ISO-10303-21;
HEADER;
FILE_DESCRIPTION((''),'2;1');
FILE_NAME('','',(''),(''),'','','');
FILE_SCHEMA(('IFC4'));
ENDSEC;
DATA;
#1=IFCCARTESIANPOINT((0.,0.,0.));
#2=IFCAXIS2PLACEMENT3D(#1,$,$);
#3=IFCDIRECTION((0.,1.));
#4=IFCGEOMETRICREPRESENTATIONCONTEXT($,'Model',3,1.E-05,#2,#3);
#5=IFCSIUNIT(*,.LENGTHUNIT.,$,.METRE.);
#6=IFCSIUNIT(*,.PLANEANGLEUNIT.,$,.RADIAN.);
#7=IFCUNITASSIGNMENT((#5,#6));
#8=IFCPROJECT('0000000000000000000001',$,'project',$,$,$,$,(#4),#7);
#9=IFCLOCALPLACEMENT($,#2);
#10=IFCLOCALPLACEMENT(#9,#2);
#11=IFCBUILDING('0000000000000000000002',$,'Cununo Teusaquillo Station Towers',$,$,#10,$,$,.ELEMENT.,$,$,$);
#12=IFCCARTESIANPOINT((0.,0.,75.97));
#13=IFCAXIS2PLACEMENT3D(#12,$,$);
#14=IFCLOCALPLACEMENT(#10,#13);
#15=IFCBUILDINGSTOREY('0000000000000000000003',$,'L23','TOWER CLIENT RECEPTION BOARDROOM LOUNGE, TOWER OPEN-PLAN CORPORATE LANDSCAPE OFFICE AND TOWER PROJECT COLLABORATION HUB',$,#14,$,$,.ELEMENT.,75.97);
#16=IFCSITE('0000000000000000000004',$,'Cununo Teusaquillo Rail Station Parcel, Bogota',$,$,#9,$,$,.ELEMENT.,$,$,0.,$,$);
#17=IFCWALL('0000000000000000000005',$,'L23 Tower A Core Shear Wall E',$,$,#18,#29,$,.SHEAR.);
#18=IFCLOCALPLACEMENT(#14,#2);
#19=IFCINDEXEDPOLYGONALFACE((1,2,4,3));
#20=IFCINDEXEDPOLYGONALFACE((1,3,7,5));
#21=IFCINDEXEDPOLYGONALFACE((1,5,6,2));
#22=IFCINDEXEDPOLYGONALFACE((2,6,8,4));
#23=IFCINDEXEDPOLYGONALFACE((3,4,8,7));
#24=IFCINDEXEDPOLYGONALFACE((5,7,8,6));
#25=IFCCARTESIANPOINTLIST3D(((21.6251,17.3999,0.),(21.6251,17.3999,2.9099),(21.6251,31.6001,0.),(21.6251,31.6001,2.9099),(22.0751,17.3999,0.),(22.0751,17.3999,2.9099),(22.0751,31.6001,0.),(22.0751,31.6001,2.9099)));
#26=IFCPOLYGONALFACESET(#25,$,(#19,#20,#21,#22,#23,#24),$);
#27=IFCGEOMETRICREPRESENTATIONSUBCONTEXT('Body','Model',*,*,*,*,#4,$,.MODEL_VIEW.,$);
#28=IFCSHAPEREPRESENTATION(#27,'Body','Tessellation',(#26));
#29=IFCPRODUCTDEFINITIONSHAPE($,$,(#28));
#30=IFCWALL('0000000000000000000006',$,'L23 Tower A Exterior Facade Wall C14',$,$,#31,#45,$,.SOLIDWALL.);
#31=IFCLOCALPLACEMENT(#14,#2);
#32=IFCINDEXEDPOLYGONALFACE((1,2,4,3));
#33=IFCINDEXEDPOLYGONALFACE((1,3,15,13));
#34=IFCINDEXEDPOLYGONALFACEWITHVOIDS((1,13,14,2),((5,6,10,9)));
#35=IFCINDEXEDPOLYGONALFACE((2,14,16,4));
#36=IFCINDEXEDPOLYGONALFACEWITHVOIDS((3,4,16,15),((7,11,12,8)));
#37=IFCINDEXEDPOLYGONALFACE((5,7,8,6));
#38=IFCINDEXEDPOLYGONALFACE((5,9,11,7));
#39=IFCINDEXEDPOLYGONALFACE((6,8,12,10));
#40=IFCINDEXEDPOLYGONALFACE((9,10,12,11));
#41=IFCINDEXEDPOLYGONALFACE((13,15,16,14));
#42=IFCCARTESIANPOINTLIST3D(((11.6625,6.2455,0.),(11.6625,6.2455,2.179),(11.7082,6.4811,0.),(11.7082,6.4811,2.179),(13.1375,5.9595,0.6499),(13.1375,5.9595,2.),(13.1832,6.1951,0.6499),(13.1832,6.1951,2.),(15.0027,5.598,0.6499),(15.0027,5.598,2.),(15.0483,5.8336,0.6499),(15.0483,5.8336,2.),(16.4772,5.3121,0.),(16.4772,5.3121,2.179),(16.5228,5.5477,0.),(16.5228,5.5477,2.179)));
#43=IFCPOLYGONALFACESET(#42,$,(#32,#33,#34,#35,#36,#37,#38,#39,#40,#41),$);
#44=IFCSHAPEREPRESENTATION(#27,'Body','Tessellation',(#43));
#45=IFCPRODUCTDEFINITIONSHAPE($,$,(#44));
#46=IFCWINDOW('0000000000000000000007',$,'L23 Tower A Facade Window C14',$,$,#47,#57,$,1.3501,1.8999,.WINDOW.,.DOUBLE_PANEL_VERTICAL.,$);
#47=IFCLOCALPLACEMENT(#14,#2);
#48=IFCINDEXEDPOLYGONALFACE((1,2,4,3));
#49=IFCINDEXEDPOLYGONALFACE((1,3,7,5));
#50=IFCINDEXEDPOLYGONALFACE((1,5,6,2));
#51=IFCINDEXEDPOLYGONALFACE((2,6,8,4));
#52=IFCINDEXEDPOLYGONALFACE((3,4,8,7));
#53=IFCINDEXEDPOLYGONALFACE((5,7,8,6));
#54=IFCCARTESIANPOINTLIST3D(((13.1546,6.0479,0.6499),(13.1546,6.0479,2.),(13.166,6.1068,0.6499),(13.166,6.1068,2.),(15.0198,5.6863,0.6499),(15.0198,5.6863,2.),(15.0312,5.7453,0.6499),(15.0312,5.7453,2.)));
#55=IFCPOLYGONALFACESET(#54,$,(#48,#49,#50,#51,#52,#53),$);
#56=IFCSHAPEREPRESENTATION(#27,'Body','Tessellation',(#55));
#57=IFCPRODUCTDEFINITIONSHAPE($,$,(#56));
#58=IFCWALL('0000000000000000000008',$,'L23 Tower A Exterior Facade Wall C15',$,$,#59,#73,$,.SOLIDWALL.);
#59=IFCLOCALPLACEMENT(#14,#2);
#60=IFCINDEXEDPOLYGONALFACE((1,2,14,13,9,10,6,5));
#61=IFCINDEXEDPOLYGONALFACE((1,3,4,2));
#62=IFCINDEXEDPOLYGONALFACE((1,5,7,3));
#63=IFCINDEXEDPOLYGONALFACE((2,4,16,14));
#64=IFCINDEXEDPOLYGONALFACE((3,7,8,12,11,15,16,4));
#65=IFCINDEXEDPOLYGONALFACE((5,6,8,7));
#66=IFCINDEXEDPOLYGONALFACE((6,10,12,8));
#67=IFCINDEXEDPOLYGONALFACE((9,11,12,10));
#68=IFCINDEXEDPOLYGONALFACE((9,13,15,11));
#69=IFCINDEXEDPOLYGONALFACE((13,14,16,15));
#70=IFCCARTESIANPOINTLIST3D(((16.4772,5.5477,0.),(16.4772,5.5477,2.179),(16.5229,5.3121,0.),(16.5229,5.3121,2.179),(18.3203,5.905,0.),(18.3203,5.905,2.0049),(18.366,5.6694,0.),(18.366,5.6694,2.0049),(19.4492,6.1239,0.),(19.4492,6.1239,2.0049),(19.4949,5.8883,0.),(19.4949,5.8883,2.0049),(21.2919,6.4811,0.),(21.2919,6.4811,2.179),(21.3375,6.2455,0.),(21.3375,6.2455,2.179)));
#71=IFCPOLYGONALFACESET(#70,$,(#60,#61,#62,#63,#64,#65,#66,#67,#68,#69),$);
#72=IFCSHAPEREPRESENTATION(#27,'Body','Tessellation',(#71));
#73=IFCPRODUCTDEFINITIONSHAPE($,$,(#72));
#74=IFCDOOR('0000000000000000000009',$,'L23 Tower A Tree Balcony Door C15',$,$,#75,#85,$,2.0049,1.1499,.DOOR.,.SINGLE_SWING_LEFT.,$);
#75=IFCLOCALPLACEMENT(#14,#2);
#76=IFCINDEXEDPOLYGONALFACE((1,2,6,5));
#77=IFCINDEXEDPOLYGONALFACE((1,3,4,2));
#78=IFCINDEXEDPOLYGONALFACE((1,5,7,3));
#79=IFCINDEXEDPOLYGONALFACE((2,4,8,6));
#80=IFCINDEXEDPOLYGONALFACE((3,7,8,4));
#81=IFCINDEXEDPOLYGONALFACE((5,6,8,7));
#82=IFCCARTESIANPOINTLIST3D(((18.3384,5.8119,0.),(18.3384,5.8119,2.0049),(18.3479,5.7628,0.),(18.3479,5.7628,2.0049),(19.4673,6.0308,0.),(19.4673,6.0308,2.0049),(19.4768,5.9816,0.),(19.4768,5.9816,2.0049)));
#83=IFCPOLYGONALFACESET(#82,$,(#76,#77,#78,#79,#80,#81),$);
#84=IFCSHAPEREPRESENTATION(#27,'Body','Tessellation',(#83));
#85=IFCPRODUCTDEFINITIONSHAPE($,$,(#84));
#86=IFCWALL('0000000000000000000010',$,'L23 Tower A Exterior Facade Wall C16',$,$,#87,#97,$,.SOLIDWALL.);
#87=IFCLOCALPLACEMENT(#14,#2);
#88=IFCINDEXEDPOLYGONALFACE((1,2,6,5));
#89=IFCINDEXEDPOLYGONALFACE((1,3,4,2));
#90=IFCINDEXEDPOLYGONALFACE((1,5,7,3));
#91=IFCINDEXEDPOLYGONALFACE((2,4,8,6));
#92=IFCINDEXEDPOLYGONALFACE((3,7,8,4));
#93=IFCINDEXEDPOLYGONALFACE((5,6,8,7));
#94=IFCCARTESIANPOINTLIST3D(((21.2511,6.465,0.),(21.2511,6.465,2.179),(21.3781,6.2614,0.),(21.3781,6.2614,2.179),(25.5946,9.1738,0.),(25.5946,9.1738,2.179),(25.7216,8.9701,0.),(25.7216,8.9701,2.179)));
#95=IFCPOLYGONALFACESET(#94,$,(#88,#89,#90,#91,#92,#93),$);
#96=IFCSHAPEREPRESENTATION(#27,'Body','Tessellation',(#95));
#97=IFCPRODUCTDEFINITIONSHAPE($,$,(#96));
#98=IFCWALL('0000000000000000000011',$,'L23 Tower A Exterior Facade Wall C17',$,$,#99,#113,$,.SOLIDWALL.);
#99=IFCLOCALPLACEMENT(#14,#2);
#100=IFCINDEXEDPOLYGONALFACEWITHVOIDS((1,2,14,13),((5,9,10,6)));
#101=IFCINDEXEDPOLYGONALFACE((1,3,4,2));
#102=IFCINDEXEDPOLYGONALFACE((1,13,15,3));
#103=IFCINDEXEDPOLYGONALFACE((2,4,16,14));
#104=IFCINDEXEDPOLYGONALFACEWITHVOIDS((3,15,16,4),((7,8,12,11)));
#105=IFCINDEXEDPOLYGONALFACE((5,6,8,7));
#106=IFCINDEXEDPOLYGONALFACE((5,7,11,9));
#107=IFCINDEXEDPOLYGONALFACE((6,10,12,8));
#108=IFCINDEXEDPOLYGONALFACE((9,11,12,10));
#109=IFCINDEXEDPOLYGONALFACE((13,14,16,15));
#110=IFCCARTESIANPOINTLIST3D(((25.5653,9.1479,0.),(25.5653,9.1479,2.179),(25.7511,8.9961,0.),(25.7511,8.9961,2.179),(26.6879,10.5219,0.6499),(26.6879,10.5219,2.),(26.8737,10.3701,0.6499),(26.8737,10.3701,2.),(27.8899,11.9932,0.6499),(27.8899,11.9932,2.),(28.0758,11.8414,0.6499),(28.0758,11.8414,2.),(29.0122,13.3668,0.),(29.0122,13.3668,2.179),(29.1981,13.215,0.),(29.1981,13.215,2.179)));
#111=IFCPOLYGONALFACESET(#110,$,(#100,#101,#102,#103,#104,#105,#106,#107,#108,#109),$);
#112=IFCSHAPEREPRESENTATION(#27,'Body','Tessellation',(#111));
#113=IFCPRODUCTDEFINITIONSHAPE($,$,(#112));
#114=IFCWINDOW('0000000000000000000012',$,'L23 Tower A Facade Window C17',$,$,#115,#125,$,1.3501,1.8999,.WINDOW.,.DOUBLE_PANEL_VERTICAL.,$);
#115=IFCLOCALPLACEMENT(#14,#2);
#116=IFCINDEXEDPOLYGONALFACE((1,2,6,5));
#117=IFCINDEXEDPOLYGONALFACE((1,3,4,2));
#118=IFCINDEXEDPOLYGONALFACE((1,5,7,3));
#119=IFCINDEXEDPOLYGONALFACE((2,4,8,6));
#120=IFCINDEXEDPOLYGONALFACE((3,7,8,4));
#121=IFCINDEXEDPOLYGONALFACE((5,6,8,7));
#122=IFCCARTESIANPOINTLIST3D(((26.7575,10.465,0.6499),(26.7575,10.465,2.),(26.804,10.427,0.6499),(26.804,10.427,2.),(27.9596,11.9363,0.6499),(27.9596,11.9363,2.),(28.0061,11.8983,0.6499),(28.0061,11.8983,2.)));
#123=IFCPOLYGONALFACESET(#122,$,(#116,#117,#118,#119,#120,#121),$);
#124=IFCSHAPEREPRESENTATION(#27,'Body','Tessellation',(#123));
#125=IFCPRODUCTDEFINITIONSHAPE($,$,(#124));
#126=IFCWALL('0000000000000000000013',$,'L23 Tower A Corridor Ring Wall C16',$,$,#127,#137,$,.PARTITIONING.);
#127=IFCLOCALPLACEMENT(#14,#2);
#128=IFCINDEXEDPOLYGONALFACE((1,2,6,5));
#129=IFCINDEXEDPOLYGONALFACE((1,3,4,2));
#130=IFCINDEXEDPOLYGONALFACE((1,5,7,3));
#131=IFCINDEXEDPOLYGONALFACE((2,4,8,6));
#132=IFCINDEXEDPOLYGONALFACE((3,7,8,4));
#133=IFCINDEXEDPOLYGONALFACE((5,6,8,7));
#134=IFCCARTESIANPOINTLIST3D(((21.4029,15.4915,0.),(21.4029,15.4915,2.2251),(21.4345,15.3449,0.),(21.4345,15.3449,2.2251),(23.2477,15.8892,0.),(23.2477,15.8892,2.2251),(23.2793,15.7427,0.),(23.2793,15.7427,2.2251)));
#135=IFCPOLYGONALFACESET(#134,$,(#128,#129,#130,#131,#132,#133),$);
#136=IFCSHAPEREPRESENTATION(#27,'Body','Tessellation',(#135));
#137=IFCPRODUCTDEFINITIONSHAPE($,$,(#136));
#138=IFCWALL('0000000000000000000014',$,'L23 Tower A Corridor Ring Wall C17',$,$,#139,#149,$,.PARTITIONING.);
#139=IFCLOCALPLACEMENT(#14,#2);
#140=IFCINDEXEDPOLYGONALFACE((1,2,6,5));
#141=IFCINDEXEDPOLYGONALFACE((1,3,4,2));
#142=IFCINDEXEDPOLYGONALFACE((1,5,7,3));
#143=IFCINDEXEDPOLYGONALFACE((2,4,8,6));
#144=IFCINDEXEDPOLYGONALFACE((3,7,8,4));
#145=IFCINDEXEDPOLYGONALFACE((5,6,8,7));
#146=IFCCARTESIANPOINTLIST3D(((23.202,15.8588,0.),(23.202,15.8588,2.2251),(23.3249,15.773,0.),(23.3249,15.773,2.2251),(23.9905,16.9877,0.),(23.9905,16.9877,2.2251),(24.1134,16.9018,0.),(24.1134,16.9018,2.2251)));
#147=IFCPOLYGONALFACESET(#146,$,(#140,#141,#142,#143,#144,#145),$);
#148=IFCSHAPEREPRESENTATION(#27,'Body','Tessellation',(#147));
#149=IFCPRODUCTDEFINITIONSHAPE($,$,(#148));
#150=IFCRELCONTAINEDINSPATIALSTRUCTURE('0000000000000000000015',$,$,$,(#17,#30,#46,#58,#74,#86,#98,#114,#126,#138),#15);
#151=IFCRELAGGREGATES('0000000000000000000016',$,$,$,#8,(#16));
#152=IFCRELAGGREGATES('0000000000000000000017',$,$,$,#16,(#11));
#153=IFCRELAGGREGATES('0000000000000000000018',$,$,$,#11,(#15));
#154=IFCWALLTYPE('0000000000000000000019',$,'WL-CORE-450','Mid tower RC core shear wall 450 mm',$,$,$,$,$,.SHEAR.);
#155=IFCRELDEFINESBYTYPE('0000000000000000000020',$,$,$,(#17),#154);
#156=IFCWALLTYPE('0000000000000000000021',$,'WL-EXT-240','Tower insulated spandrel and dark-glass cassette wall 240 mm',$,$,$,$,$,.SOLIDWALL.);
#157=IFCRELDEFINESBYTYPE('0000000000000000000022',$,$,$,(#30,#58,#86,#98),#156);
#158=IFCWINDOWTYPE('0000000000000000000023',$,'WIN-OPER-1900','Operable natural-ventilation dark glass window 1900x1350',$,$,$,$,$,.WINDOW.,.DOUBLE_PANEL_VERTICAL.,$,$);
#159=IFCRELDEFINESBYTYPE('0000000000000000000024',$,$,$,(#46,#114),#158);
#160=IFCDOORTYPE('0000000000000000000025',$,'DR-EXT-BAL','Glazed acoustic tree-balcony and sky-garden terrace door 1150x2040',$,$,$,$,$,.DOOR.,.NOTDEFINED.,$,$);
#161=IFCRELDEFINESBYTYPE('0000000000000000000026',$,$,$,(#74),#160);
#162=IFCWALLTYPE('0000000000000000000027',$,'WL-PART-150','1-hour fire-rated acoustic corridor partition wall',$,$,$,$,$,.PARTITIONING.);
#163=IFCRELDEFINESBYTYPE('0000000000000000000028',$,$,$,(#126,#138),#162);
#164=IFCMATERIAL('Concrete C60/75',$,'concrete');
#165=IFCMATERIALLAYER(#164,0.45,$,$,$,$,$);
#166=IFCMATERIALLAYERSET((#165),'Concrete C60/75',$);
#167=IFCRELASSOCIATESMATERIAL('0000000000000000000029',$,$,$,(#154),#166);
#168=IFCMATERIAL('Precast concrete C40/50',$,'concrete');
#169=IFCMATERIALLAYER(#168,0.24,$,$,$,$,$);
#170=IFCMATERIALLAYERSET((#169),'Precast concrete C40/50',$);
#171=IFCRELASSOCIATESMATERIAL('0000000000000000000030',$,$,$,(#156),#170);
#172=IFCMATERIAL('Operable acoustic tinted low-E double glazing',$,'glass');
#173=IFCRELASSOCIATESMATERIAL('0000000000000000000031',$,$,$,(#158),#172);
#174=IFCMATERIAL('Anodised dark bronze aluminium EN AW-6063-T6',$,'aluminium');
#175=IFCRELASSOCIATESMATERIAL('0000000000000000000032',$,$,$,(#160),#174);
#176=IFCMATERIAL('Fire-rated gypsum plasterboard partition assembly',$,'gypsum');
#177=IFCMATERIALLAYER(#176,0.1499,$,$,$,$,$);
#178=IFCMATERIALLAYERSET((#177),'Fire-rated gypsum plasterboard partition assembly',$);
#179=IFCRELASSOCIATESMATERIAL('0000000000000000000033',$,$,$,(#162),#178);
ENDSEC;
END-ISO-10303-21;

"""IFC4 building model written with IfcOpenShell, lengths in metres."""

from ifc_helpers import new_model, si_unit, direction, frame, frame_2d, origin, place, context, subcontext, project, spatial, rectangle, extrude, source, transform, mapped, material, layer, layer_set, type_object, element, fill, save


model = new_model("IFC4")

# Units and contexts
model_context = context("Model", 3, precision=1e-05, world=origin(), true_north=direction((0.0, 1.0)))
body_context = subcontext(model_context, "Body", "Model", "MODEL_VIEW")
ifc_project = project(units=[si_unit("LENGTHUNIT", "METRE"), si_unit("PLANEANGLEUNIT", "RADIAN")], contexts=[model_context])

# Site, building, storey
site_placement = place(None, origin())
site = spatial("IfcSite", under=ifc_project, at=site_placement, Name="Cununo Teusaquillo Rail Station Parcel, Bogota", CompositionType="ELEMENT", RefElevation=0.0)
building_placement = place(site_placement, origin())
building = spatial("IfcBuilding", under=site, at=building_placement, Name="Cununo Teusaquillo Station Towers", CompositionType="ELEMENT")
storey_placement = place(building_placement, frame((0.0, 0.0, 75.97)))
storey = spatial("IfcBuildingStorey", under=building, at=storey_placement, Name="L23", Description="TOWER CLIENT RECEPTION BOARDROOM LOUNGE, TOWER OPEN-PLAN CORPORATE LANDSCAPE OFFICE AND TOWER PROJECT COLLABORATION HUB", CompositionType="ELEMENT", Elevation=75.97)

# Wall
ifc_material_1 = material(Name="Concrete C60/75", Category="concrete")
ifc_layer_1 = layer(ifc_material_1, 0.45)
ifc_layer_set_1 = layer_set([ifc_layer_1], Name="Concrete C60/75")
wall_type_1 = type_object("IfcWallType", Name="WL-CORE-450", Description="Mid tower RC core shear wall 450 mm", PredefinedType="SHEAR", material=ifc_layer_set_1)
wall_1_placement = place(storey_placement, frame((21.8501, 17.3999, 0.0), z_axis=(0.0, 0.0, 1.0), x_axis=(0.0, 1.0, 0.0)))
element("IfcWall", 1, at=wall_1_placement, inside=storey, type_object=wall_type_1, Name="L23 Tower A Core Shear Wall E", PredefinedType="SHEAR", context=body_context, shape_type="SweptSolid", body=[
    extrude(rectangle(XDim=14.2002, YDim=0.45, at=frame_2d((7.1001, 0.0))), origin(), (0.0, 0.0, 1.0), 2.9099),
])

# Wall, opening, window
ifc_material_2 = material(Name="Precast concrete C40/50", Category="concrete")
ifc_layer_2 = layer(ifc_material_2, 0.24)
ifc_layer_set_2 = layer_set([ifc_layer_2], Name="Precast concrete C40/50")
wall_type_2 = type_object("IfcWallType", Name="WL-EXT-240", Description="Tower insulated spandrel and dark-glass cassette wall 240 mm", PredefinedType="SOLIDWALL", material=ifc_layer_set_2)
wall_2_placement = place(storey_placement, frame((16.5, 5.4299, 0.0), z_axis=(0.0, 0.0, 1.0), x_axis=(-0.981724, 0.190311, 0.0)))
wall_2 = element("IfcWall", 2, at=wall_2_placement, inside=storey, type_object=wall_type_2, Name="L23 Tower A Exterior Facade Wall C14", PredefinedType="SOLIDWALL", context=body_context, shape_type="SweptSolid", body=[
    extrude(rectangle(XDim=4.9043, YDim=0.24, at=frame_2d((2.4521, 0.0))), origin(), (0.0, 0.0, 1.0), 2.179),
])
shared_shape_1 = source(origin(), body_context, "Body", "SweptSolid", [
    extrude(rectangle(XDim=1.8999, YDim=1.3501, at=frame_2d((0.95, 0.675))), frame((0.0, 0.1299, 0.0), z_axis=(0.0, -1.0, 0.0), x_axis=(1.0, 0.0, 0.0)), (0.0, 0.0, 1.0), 0.26),
])
opening_1_placement = place(wall_2_placement, frame((1.502, 0.0, 0.6499)))
opening_1 = element("IfcOpeningElement", 3, at=opening_1_placement, cuts=wall_2, PredefinedType="OPENING", context=body_context, shape_type="MappedRepresentation", body=[
    mapped(shared_shape_1, transform((0.0, 0.0, 0.0), x_axis=(1.0, 0.0, 0.0), y_axis=(0.0, 1.0, 0.0), z_axis=(0.0, 0.0, 1.0), scale=1.0)),
])
ifc_material_3 = material(Name="Operable acoustic tinted low-E double glazing", Category="glass")
window_type = type_object("IfcWindowType", Name="WIN-OPER-1900", Description="Operable natural-ventilation dark glass window 1900x1350", PartitioningType="DOUBLE_PANEL_VERTICAL", PredefinedType="WINDOW", material=ifc_material_3)
shared_shape_2 = source(origin(), body_context, "Body", "SweptSolid", [
    extrude(rectangle(XDim=1.8999, YDim=1.3501, at=frame_2d((0.95, 0.675))), frame((0.0, 0.03, 0.0), z_axis=(0.0, -1.0, 0.0), x_axis=(1.0, 0.0, 0.0)), (0.0, 0.0, 1.0), 0.0601),
])
window_1_placement = place(opening_1_placement, origin())
window_1 = element("IfcWindow", 4, at=window_1_placement, inside=storey, type_object=window_type, Name="L23 Tower A Facade Window C14", OverallHeight=1.3501, OverallWidth=1.8999, PartitioningType="DOUBLE_PANEL_VERTICAL", PredefinedType="WINDOW", context=body_context, shape_type="MappedRepresentation", body=[
    mapped(shared_shape_2, transform((0.0, 0.0, 0.0), x_axis=(1.0, 0.0, 0.0), y_axis=(0.0, 1.0, 0.0), z_axis=(0.0, 0.0, 1.0), scale=1.0)),
])
fill(opening_1, window_1)

# Wall, opening, door
wall_3_placement = place(storey_placement, frame((21.3147, 6.3633, 0.0), z_axis=(0.0, 0.0, 1.0), x_axis=(-0.981724, -0.190311, 0.0)))
wall_3 = element("IfcWall", 5, at=wall_3_placement, inside=storey, type_object=wall_type_2, Name="L23 Tower A Exterior Facade Wall C15", PredefinedType="SOLIDWALL", context=body_context, shape_type="SweptSolid", body=[
    extrude(rectangle(XDim=4.9043, YDim=0.24, at=frame_2d((2.4521, 0.0))), origin(), (0.0, 0.0, 1.0), 2.179),
])
shared_shape_3 = source(origin(), body_context, "Body", "SweptSolid", [
    extrude(rectangle(XDim=1.1499, YDim=2.0049, at=frame_2d((0.575, 1.0024))), frame((0.0, 0.1299, 0.0), z_axis=(0.0, -1.0, 0.0), x_axis=(1.0, 0.0, 0.0)), (0.0, 0.0, 1.0), 0.26),
])
opening_2_placement = place(wall_3_placement, frame((1.877, 0.0, 0.0)))
opening_2 = element("IfcOpeningElement", 6, at=opening_2_placement, cuts=wall_3, PredefinedType="OPENING", context=body_context, shape_type="MappedRepresentation", body=[
    mapped(shared_shape_3, transform((0.0, 0.0, 0.0), x_axis=(1.0, 0.0, 0.0), y_axis=(0.0, 1.0, 0.0), z_axis=(0.0, 0.0, 1.0), scale=1.0)),
])
ifc_material_4 = material(Name="Anodised dark bronze aluminium EN AW-6063-T6", Category="aluminium")
door_type_1 = type_object("IfcDoorType", Name="DR-EXT-BAL", Description="Glazed acoustic tree-balcony and sky-garden terrace door 1150x2040", OperationType="NOTDEFINED", PredefinedType="DOOR", material=ifc_material_4)
shared_shape_4 = source(origin(), body_context, "Body", "SweptSolid", [
    extrude(rectangle(XDim=1.1499, YDim=2.0049, at=frame_2d((0.575, 1.0024))), frame((0.0, 0.0249, 0.0), z_axis=(0.0, -1.0, 0.0), x_axis=(1.0, 0.0, 0.0)), (0.0, 0.0, 1.0), 0.05),
])
door_1_placement = place(opening_2_placement, origin())
door_1 = element("IfcDoor", 7, at=door_1_placement, inside=storey, type_object=door_type_1, Name="L23 Tower A Tree Balcony Door C15", OperationType="SINGLE_SWING_LEFT", OverallHeight=2.0049, OverallWidth=1.1499, PredefinedType="DOOR", context=body_context, shape_type="MappedRepresentation", body=[
    mapped(shared_shape_4, transform((0.0, 0.0, 0.0), x_axis=(1.0, 0.0, 0.0), y_axis=(0.0, 1.0, 0.0), z_axis=(0.0, 0.0, 1.0), scale=1.0)),
])
fill(opening_2, door_1)

# Wall
wall_4_placement = place(storey_placement, frame((25.6582, 9.072, 0.0), z_axis=(0.0, 0.0, 1.0), x_axis=(-0.84852, -0.529163, 0.0)))
element("IfcWall", 8, at=wall_4_placement, inside=storey, type_object=wall_type_2, Name="L23 Tower A Exterior Facade Wall C16", PredefinedType="SOLIDWALL", context=body_context, shape_type="SweptSolid", body=[
    extrude(rectangle(XDim=5.1189, YDim=0.24, at=frame_2d((2.5596, 0.0))), origin(), (0.0, 0.0, 1.0), 2.179),
])

# Wall, opening, window
wall_5_placement = place(storey_placement, frame((29.1052, 13.291, 0.0), z_axis=(0.0, 0.0, 1.0), x_axis=(-0.632701, -0.774396, 0.0)))
wall_5 = element("IfcWall", 9, at=wall_5_placement, inside=storey, type_object=wall_type_2, Name="L23 Tower A Exterior Facade Wall C17", PredefinedType="SOLIDWALL", context=body_context, shape_type="SweptSolid", body=[
    extrude(rectangle(XDim=5.448, YDim=0.24, at=frame_2d((2.7241, 0.0))), origin(), (0.0, 0.0, 1.0), 2.179),
])
opening_3_placement = place(wall_5_placement, frame((1.7739, 0.0, 0.6499)))
opening_3 = element("IfcOpeningElement", 10, at=opening_3_placement, cuts=wall_5, PredefinedType="OPENING", context=body_context, shape_type="MappedRepresentation", body=[
    mapped(shared_shape_1, transform((0.0, 0.0, 0.0), x_axis=(1.0, 0.0, 0.0), y_axis=(0.0, 1.0, 0.0), z_axis=(0.0, 0.0, 1.0), scale=1.0)),
])
window_2_placement = place(opening_3_placement, origin())
window_2 = element("IfcWindow", 11, at=window_2_placement, inside=storey, type_object=window_type, Name="L23 Tower A Facade Window C17", OverallHeight=1.3501, OverallWidth=1.8999, PartitioningType="DOUBLE_PANEL_VERTICAL", PredefinedType="WINDOW", context=body_context, shape_type="MappedRepresentation", body=[
    mapped(shared_shape_2, transform((0.0, 0.0, 0.0), x_axis=(1.0, 0.0, 0.0), y_axis=(0.0, 1.0, 0.0), z_axis=(0.0, 0.0, 1.0), scale=1.0)),
])
fill(opening_3, window_2)

# Walls
ifc_material_5 = material(Name="Fire-rated gypsum plasterboard partition assembly", Category="gypsum")
ifc_layer_3 = layer(ifc_material_5, 0.1499)
ifc_layer_set_3 = layer_set([ifc_layer_3], Name="Fire-rated gypsum plasterboard partition assembly")
wall_type_3 = type_object("IfcWallType", Name="WL-PART-150", Description="1-hour fire-rated acoustic corridor partition wall", PredefinedType="PARTITIONING", material=ifc_layer_set_3)
wall_6_placement = place(storey_placement, frame((21.4187, 15.4182, 0.0), z_axis=(0.0, 0.0, 1.0), x_axis=(0.97754, 0.210748, 0.0)))
element("IfcWall", 12, at=wall_6_placement, inside=storey, type_object=wall_type_3, Name="L23 Tower A Corridor Ring Wall C16", PredefinedType="PARTITIONING", context=body_context, shape_type="SweptSolid", body=[
    extrude(rectangle(XDim=1.8872, YDim=0.1499, at=frame_2d((0.9436, 0.0))), origin(), (0.0, 0.0, 1.0), 2.2251),
])
wall_7_placement = place(storey_placement, frame((23.2634, 15.8159, 0.0), z_axis=(0.0, 0.0, 1.0), x_axis=(0.572653, 0.819798, 0.0)))
element("IfcWall", 13, at=wall_7_placement, inside=storey, type_object=wall_type_3, Name="L23 Tower A Corridor Ring Wall C17", PredefinedType="PARTITIONING", context=body_context, shape_type="SweptSolid", body=[
    extrude(rectangle(XDim=1.377, YDim=0.1499, at=frame_2d((0.6885, 0.0))), origin(), (0.0, 0.0, 1.0), 2.2251),
])

save(model, "model.ifc")
